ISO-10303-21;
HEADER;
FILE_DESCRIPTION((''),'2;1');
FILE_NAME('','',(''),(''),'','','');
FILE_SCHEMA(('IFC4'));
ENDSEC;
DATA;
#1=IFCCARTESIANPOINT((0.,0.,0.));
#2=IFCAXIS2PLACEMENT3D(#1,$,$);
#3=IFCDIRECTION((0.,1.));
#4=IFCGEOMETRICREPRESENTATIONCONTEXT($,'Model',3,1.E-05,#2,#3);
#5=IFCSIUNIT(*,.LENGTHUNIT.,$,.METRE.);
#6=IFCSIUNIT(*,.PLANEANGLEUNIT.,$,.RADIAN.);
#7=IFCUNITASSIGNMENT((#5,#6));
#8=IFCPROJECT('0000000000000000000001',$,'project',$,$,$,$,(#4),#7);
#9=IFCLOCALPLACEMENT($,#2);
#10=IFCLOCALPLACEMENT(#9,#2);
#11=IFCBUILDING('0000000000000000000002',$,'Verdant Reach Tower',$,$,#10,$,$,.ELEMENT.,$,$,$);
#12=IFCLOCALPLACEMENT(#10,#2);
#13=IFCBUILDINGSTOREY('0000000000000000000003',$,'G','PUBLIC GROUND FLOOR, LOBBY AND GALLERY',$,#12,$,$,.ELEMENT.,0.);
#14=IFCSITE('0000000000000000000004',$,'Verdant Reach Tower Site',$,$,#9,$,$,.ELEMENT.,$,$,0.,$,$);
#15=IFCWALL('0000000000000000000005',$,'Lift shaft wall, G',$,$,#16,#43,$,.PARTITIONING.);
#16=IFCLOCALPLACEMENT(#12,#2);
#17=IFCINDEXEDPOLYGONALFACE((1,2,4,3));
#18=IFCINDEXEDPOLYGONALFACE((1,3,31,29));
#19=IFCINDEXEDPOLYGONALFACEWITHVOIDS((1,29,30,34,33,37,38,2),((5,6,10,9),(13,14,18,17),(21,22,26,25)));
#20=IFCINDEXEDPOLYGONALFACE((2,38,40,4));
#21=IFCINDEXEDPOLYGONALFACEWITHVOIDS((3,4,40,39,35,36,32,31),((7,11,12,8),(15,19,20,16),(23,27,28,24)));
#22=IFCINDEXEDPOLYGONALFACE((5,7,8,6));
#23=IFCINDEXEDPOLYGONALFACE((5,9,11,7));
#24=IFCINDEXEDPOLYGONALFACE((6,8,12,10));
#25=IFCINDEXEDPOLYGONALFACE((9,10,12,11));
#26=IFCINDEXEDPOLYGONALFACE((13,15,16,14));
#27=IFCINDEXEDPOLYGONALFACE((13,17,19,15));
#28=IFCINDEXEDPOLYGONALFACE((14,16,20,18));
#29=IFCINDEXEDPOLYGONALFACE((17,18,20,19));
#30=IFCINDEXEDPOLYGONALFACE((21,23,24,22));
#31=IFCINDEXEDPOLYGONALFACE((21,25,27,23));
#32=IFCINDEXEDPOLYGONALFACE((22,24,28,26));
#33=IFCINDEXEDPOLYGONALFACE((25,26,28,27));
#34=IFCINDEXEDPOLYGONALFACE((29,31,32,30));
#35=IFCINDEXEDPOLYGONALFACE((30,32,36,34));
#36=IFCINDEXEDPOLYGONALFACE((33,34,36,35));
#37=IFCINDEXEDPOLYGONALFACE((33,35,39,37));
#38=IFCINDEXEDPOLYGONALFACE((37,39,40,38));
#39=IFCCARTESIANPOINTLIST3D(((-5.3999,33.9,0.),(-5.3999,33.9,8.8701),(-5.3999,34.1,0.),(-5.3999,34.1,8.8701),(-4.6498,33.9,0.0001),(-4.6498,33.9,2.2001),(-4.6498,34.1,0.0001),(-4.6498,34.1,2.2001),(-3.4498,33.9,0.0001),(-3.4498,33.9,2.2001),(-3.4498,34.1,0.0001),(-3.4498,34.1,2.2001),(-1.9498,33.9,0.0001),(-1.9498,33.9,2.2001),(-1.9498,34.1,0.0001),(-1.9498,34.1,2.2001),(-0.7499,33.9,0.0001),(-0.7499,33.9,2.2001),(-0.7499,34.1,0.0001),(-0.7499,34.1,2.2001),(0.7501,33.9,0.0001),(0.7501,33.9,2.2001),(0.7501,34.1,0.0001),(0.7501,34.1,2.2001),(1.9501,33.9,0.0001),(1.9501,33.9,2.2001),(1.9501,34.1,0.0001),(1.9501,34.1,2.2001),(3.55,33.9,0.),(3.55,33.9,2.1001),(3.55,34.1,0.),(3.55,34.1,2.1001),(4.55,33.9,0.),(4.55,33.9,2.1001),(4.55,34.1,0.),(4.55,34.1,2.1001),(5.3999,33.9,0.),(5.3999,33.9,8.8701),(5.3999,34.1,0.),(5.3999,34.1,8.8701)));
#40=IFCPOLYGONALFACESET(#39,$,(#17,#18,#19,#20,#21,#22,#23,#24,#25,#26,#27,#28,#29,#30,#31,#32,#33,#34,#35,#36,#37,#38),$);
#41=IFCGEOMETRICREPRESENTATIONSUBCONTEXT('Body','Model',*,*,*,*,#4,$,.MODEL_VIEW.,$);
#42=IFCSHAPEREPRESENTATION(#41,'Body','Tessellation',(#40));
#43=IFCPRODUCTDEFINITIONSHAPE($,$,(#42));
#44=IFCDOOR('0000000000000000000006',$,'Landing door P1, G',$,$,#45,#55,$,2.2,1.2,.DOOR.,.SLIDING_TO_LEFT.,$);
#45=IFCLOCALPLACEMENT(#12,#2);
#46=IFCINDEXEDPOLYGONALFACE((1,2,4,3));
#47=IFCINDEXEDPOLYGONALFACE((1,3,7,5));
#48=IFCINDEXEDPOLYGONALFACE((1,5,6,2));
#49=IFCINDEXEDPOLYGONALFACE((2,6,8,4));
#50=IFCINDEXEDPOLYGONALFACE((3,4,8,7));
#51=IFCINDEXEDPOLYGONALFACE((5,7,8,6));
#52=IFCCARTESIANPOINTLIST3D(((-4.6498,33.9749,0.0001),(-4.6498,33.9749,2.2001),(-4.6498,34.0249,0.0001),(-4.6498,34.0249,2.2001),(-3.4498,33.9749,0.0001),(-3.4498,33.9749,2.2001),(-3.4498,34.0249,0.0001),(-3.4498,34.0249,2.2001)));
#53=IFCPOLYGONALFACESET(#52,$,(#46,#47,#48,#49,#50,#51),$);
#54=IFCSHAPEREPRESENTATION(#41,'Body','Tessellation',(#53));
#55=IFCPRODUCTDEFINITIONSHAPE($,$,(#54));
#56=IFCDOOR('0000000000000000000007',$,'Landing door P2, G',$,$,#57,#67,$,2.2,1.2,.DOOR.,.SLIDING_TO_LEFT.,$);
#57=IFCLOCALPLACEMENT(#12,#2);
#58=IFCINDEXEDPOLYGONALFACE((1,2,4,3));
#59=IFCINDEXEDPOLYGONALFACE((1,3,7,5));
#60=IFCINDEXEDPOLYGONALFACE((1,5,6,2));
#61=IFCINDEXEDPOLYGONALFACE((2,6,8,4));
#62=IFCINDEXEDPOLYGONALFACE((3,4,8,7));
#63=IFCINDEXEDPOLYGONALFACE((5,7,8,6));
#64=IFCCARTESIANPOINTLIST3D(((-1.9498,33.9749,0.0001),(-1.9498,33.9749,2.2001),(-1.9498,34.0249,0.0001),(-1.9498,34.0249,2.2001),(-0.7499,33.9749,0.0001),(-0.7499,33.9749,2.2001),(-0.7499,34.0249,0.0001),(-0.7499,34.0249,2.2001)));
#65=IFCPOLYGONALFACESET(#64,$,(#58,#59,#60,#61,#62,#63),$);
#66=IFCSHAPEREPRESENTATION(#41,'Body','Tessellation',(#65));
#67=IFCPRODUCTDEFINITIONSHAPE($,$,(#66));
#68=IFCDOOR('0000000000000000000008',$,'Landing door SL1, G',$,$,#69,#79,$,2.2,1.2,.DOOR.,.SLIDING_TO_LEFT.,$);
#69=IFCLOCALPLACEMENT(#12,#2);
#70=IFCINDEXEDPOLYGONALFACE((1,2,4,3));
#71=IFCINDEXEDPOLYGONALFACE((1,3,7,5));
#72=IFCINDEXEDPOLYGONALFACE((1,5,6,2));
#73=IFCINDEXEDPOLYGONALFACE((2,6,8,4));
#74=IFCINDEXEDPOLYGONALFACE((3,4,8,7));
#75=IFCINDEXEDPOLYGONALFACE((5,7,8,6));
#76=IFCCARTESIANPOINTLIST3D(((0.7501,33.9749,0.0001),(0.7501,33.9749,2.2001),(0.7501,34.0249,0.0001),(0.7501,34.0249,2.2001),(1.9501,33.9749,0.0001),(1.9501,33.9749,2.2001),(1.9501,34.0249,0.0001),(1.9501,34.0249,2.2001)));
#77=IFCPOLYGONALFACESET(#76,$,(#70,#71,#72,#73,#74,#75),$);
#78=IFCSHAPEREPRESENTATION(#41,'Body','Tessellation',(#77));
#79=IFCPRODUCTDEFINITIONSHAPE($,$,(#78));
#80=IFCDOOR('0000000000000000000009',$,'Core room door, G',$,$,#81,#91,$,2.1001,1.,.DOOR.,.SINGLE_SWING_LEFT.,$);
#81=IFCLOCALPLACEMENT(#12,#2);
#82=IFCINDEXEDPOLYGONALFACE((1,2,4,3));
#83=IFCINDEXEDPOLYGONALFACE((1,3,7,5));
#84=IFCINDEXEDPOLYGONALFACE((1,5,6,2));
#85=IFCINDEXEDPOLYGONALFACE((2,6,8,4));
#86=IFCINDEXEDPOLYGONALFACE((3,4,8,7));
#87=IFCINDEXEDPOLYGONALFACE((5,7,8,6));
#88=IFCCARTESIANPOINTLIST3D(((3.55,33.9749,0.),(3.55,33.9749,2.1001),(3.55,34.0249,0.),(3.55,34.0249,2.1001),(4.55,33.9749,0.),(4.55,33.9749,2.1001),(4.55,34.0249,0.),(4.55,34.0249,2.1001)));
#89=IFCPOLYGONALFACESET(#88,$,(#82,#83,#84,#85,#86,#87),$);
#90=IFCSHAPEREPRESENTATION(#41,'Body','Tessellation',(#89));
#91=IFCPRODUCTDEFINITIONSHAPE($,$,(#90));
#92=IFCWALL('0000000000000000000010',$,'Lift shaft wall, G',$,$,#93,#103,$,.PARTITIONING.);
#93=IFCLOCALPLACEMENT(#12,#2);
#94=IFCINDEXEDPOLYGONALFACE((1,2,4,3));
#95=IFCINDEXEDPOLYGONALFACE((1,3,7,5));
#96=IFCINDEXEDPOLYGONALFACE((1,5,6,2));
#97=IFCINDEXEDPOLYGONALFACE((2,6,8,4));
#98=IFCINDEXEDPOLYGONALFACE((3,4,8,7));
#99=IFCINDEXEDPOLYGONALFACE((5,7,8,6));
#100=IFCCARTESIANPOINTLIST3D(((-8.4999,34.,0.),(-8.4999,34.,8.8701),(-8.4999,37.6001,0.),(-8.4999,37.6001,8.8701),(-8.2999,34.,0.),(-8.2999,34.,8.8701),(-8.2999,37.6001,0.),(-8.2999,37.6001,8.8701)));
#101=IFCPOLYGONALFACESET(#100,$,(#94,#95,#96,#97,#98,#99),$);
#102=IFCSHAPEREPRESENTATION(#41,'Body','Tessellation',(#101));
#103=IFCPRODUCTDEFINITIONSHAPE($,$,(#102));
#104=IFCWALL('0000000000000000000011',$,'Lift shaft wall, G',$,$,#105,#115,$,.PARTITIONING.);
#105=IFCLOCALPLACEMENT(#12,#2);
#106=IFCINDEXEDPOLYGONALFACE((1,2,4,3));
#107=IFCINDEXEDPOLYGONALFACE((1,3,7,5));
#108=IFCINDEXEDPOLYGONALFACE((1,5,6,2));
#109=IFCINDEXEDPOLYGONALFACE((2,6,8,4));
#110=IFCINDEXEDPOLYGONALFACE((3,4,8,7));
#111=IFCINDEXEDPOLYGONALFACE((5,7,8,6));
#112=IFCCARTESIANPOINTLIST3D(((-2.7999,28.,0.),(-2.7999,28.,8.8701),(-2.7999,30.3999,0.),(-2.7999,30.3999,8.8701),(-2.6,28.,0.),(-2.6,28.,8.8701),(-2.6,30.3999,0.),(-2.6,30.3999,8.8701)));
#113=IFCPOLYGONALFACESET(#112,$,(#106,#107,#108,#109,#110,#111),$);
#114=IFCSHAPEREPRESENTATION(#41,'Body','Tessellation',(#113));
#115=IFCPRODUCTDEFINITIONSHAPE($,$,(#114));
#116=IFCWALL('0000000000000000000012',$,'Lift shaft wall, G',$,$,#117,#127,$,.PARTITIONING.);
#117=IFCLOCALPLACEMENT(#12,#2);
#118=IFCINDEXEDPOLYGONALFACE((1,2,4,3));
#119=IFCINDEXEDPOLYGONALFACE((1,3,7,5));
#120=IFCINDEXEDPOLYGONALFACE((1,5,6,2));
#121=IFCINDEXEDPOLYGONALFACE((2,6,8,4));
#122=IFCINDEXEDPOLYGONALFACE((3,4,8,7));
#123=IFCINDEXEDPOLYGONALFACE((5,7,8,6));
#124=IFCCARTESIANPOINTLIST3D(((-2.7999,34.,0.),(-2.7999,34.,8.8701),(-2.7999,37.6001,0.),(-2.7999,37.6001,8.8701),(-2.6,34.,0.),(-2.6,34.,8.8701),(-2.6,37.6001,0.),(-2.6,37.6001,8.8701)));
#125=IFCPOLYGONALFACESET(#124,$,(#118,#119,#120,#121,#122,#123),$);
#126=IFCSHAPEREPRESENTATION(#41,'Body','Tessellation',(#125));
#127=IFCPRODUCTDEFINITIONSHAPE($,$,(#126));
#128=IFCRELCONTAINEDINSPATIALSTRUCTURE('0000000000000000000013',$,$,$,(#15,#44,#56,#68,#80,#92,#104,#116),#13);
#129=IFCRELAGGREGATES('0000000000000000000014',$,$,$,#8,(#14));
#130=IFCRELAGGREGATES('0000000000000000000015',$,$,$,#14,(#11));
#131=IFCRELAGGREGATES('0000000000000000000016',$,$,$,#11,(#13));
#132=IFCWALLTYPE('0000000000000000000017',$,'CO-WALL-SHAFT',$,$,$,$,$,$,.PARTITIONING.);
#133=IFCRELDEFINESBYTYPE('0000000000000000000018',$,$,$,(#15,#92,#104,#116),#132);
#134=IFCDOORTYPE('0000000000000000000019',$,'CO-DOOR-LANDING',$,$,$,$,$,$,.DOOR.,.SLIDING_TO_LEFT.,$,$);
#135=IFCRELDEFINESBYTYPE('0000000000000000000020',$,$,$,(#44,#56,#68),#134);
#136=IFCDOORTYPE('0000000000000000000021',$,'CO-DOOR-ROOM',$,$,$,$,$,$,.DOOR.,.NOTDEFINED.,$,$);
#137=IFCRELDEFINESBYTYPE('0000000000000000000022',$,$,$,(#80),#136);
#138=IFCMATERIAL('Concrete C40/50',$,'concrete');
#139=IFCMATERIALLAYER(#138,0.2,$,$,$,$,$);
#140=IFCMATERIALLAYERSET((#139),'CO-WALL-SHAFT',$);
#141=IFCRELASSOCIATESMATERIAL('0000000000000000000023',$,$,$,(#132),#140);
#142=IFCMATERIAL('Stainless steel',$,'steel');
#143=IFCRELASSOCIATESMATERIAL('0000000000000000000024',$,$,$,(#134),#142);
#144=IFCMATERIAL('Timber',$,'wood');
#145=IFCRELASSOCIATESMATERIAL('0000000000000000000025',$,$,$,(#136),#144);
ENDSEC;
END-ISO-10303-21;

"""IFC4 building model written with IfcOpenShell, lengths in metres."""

from ifc_helpers import new_model, si_unit, direction, frame, frame_2d, origin, place, context, subcontext, project, spatial, rectangle, extrude, material, layer, layer_set, type_object, element, fill, save


model = new_model("IFC4")

# Units and contexts
model_context = context("Model", 3, precision=1e-05, world=origin(), true_north=direction((0.0, 1.0)))
body_context = subcontext(model_context, "Body", "Model", "MODEL_VIEW")
ifc_project = project(units=[si_unit("LENGTHUNIT", "METRE"), si_unit("PLANEANGLEUNIT", "RADIAN")], contexts=[model_context])

# Site, building, storey
site_placement = place(None, origin())
site = spatial("IfcSite", under=ifc_project, at=site_placement, Name="Verdant Reach Tower Site", CompositionType="ELEMENT", RefElevation=0.0)
building_placement = place(site_placement, origin())
building = spatial("IfcBuilding", under=site, at=building_placement, Name="Verdant Reach Tower", CompositionType="ELEMENT")
storey_placement = place(building_placement, origin())
storey = spatial("IfcBuildingStorey", under=building, at=storey_placement, Name="G", Description="PUBLIC GROUND FLOOR, LOBBY AND GALLERY", CompositionType="ELEMENT", Elevation=0.0)

# Shared definitions
ifc_material_1 = material(Name="Concrete C40/50", Category="concrete")
ifc_layer = layer(ifc_material_1, 0.2)
ifc_layer_set = layer_set([ifc_layer], Name="CO-WALL-SHAFT")
wall_type = type_object("IfcWallType", Name="CO-WALL-SHAFT", PredefinedType="PARTITIONING", material=ifc_layer_set)

# Wall, openings, doors
ifc_material_2 = material(Name="Stainless steel", Category="steel")
door_type_1 = type_object("IfcDoorType", Name="CO-DOOR-LANDING", OperationType="SLIDING_TO_LEFT", PredefinedType="DOOR", material=ifc_material_2)
wall_1_placement = place(storey_placement, frame((-5.3999, 34.0, 0.0), z_axis=(0.0, 0.0, 1.0), x_axis=(1.0, 0.0, 0.0)))
wall_1 = element("IfcWall", 1, at=wall_1_placement, inside=storey, type_object=wall_type, Name="Lift shaft wall, G", PredefinedType="PARTITIONING", context=body_context, shape_type="SweptSolid", body=[
    extrude(rectangle(XDim=10.7998, YDim=0.2, at=frame_2d((5.3999, 0.0))), origin(), (0.0, 0.0, 1.0), 8.8701),
])
opening_1_placement = place(wall_1_placement, frame((0.75, 0.0, 0.0)))
opening_1 = element("IfcOpeningElement", 2, at=opening_1_placement, cuts=wall_1, PredefinedType="OPENING", context=body_context, shape_type="SweptSolid", body=[
    extrude(rectangle(XDim=1.2, YDim=2.2, at=frame_2d((0.6001, 1.1001))), frame((0.0, 0.1099, 0.0), z_axis=(0.0, -1.0, 0.0), x_axis=(1.0, 0.0, 0.0)), (0.0, 0.0, 1.0), 0.22),
])
opening_2_placement = place(wall_1_placement, frame((3.45, 0.0, 0.0)))
opening_2 = element("IfcOpeningElement", 3, at=opening_2_placement, cuts=wall_1, PredefinedType="OPENING", context=body_context, shape_type="SweptSolid", body=[
    extrude(rectangle(XDim=1.2, YDim=2.2, at=frame_2d((0.6001, 1.1001))), frame((0.0, 0.1099, 0.0), z_axis=(0.0, -1.0, 0.0), x_axis=(1.0, 0.0, 0.0)), (0.0, 0.0, 1.0), 0.22),
])
opening_3_placement = place(wall_1_placement, frame((6.1499, 0.0, 0.0)))
opening_3 = element("IfcOpeningElement", 4, at=opening_3_placement, cuts=wall_1, PredefinedType="OPENING", context=body_context, shape_type="SweptSolid", body=[
    extrude(rectangle(XDim=1.2, YDim=2.2, at=frame_2d((0.6001, 1.1001))), frame((0.0, 0.1099, 0.0), z_axis=(0.0, -1.0, 0.0), x_axis=(1.0, 0.0, 0.0)), (0.0, 0.0, 1.0), 0.22),
])
opening_4_placement = place(wall_1_placement, frame((8.95, 0.0, 0.0)))
opening_4 = element("IfcOpeningElement", 5, at=opening_4_placement, cuts=wall_1, PredefinedType="OPENING", context=body_context, shape_type="SweptSolid", body=[
    extrude(rectangle(XDim=1.0, YDim=2.1001, at=frame_2d((0.5, 1.05))), frame((0.0, 0.1099, 0.0), z_axis=(0.0, -1.0, 0.0), x_axis=(1.0, 0.0, 0.0)), (0.0, 0.0, 1.0), 0.22),
])
door_1_placement = place(opening_1_placement, origin())
door_1 = element("IfcDoor", 6, at=door_1_placement, inside=storey, type_object=door_type_1, Name="Landing door P1, G", OperationType="SLIDING_TO_LEFT", OverallHeight=2.2, OverallWidth=1.2, PredefinedType="DOOR", context=body_context, shape_type="SweptSolid", body=[
    extrude(rectangle(XDim=1.2, YDim=2.2, at=frame_2d((0.6001, 1.1001))), frame((0.0, 0.0249, 0.0), z_axis=(0.0, -1.0, 0.0), x_axis=(1.0, 0.0, 0.0)), (0.0, 0.0, 1.0), 0.05),
])
fill(opening_1, door_1)
door_2_placement = place(opening_2_placement, origin())
door_2 = element("IfcDoor", 7, at=door_2_placement, inside=storey, type_object=door_type_1, Name="Landing door P2, G", OperationType="SLIDING_TO_LEFT", OverallHeight=2.2, OverallWidth=1.2, PredefinedType="DOOR", context=body_context, shape_type="SweptSolid", body=[
    extrude(rectangle(XDim=1.2, YDim=2.2, at=frame_2d((0.6001, 1.1001))), frame((0.0, 0.0249, 0.0), z_axis=(0.0, -1.0, 0.0), x_axis=(1.0, 0.0, 0.0)), (0.0, 0.0, 1.0), 0.05),
])
fill(opening_2, door_2)
door_3_placement = place(opening_3_placement, origin())
door_3 = element("IfcDoor", 8, at=door_3_placement, inside=storey, type_object=door_type_1, Name="Landing door SL1, G", OperationType="SLIDING_TO_LEFT", OverallHeight=2.2, OverallWidth=1.2, PredefinedType="DOOR", context=body_context, shape_type="SweptSolid", body=[
    extrude(rectangle(XDim=1.2, YDim=2.2, at=frame_2d((0.6001, 1.1001))), frame((0.0, 0.0249, 0.0), z_axis=(0.0, -1.0, 0.0), x_axis=(1.0, 0.0, 0.0)), (0.0, 0.0, 1.0), 0.05),
])
fill(opening_3, door_3)
ifc_material_3 = material(Name="Timber", Category="wood")
door_type_2 = type_object("IfcDoorType", Name="CO-DOOR-ROOM", OperationType="NOTDEFINED", PredefinedType="DOOR", material=ifc_material_3)
door_4_placement = place(opening_4_placement, origin())
door_4 = element("IfcDoor", 9, at=door_4_placement, inside=storey, type_object=door_type_2, Name="Core room door, G", OperationType="SINGLE_SWING_LEFT", OverallHeight=2.1001, OverallWidth=1.0, PredefinedType="DOOR", context=body_context, shape_type="SweptSolid", body=[
    extrude(rectangle(XDim=1.0, YDim=2.1001, at=frame_2d((0.5, 1.05))), frame((0.0, 0.0249, 0.0), z_axis=(0.0, -1.0, 0.0), x_axis=(1.0, 0.0, 0.0)), (0.0, 0.0, 1.0), 0.05),
])
fill(opening_4, door_4)

# Walls
wall_2_placement = place(storey_placement, frame((-8.3999, 34.0, 0.0), z_axis=(0.0, 0.0, 1.0), x_axis=(0.0, 1.0, 0.0)))
element("IfcWall", 10, at=wall_2_placement, inside=storey, type_object=wall_type, Name="Lift shaft wall, G", PredefinedType="PARTITIONING", context=body_context, shape_type="SweptSolid", body=[
    extrude(rectangle(XDim=3.6001, YDim=0.2, at=frame_2d((1.8, 0.0))), origin(), (0.0, 0.0, 1.0), 8.8701),
])
wall_3_placement = place(storey_placement, frame((-2.7, 28.0, 0.0), z_axis=(0.0, 0.0, 1.0), x_axis=(0.0, 1.0, 0.0)))
element("IfcWall", 11, at=wall_3_placement, inside=storey, type_object=wall_type, Name="Lift shaft wall, G", PredefinedType="PARTITIONING", context=body_context, shape_type="SweptSolid", body=[
    extrude(rectangle(XDim=2.3999, YDim=0.2, at=frame_2d((1.2, 0.0))), origin(), (0.0, 0.0, 1.0), 8.8701),
])
wall_4_placement = place(storey_placement, frame((-2.7, 34.0, 0.0), z_axis=(0.0, 0.0, 1.0), x_axis=(0.0, 1.0, 0.0)))
element("IfcWall", 12, at=wall_4_placement, inside=storey, type_object=wall_type, Name="Lift shaft wall, G", PredefinedType="PARTITIONING", context=body_context, shape_type="SweptSolid", body=[
    extrude(rectangle(XDim=3.6001, YDim=0.2, at=frame_2d((1.8, 0.0))), origin(), (0.0, 0.0, 1.0), 8.8701),
])

save(model, "model.ifc")
